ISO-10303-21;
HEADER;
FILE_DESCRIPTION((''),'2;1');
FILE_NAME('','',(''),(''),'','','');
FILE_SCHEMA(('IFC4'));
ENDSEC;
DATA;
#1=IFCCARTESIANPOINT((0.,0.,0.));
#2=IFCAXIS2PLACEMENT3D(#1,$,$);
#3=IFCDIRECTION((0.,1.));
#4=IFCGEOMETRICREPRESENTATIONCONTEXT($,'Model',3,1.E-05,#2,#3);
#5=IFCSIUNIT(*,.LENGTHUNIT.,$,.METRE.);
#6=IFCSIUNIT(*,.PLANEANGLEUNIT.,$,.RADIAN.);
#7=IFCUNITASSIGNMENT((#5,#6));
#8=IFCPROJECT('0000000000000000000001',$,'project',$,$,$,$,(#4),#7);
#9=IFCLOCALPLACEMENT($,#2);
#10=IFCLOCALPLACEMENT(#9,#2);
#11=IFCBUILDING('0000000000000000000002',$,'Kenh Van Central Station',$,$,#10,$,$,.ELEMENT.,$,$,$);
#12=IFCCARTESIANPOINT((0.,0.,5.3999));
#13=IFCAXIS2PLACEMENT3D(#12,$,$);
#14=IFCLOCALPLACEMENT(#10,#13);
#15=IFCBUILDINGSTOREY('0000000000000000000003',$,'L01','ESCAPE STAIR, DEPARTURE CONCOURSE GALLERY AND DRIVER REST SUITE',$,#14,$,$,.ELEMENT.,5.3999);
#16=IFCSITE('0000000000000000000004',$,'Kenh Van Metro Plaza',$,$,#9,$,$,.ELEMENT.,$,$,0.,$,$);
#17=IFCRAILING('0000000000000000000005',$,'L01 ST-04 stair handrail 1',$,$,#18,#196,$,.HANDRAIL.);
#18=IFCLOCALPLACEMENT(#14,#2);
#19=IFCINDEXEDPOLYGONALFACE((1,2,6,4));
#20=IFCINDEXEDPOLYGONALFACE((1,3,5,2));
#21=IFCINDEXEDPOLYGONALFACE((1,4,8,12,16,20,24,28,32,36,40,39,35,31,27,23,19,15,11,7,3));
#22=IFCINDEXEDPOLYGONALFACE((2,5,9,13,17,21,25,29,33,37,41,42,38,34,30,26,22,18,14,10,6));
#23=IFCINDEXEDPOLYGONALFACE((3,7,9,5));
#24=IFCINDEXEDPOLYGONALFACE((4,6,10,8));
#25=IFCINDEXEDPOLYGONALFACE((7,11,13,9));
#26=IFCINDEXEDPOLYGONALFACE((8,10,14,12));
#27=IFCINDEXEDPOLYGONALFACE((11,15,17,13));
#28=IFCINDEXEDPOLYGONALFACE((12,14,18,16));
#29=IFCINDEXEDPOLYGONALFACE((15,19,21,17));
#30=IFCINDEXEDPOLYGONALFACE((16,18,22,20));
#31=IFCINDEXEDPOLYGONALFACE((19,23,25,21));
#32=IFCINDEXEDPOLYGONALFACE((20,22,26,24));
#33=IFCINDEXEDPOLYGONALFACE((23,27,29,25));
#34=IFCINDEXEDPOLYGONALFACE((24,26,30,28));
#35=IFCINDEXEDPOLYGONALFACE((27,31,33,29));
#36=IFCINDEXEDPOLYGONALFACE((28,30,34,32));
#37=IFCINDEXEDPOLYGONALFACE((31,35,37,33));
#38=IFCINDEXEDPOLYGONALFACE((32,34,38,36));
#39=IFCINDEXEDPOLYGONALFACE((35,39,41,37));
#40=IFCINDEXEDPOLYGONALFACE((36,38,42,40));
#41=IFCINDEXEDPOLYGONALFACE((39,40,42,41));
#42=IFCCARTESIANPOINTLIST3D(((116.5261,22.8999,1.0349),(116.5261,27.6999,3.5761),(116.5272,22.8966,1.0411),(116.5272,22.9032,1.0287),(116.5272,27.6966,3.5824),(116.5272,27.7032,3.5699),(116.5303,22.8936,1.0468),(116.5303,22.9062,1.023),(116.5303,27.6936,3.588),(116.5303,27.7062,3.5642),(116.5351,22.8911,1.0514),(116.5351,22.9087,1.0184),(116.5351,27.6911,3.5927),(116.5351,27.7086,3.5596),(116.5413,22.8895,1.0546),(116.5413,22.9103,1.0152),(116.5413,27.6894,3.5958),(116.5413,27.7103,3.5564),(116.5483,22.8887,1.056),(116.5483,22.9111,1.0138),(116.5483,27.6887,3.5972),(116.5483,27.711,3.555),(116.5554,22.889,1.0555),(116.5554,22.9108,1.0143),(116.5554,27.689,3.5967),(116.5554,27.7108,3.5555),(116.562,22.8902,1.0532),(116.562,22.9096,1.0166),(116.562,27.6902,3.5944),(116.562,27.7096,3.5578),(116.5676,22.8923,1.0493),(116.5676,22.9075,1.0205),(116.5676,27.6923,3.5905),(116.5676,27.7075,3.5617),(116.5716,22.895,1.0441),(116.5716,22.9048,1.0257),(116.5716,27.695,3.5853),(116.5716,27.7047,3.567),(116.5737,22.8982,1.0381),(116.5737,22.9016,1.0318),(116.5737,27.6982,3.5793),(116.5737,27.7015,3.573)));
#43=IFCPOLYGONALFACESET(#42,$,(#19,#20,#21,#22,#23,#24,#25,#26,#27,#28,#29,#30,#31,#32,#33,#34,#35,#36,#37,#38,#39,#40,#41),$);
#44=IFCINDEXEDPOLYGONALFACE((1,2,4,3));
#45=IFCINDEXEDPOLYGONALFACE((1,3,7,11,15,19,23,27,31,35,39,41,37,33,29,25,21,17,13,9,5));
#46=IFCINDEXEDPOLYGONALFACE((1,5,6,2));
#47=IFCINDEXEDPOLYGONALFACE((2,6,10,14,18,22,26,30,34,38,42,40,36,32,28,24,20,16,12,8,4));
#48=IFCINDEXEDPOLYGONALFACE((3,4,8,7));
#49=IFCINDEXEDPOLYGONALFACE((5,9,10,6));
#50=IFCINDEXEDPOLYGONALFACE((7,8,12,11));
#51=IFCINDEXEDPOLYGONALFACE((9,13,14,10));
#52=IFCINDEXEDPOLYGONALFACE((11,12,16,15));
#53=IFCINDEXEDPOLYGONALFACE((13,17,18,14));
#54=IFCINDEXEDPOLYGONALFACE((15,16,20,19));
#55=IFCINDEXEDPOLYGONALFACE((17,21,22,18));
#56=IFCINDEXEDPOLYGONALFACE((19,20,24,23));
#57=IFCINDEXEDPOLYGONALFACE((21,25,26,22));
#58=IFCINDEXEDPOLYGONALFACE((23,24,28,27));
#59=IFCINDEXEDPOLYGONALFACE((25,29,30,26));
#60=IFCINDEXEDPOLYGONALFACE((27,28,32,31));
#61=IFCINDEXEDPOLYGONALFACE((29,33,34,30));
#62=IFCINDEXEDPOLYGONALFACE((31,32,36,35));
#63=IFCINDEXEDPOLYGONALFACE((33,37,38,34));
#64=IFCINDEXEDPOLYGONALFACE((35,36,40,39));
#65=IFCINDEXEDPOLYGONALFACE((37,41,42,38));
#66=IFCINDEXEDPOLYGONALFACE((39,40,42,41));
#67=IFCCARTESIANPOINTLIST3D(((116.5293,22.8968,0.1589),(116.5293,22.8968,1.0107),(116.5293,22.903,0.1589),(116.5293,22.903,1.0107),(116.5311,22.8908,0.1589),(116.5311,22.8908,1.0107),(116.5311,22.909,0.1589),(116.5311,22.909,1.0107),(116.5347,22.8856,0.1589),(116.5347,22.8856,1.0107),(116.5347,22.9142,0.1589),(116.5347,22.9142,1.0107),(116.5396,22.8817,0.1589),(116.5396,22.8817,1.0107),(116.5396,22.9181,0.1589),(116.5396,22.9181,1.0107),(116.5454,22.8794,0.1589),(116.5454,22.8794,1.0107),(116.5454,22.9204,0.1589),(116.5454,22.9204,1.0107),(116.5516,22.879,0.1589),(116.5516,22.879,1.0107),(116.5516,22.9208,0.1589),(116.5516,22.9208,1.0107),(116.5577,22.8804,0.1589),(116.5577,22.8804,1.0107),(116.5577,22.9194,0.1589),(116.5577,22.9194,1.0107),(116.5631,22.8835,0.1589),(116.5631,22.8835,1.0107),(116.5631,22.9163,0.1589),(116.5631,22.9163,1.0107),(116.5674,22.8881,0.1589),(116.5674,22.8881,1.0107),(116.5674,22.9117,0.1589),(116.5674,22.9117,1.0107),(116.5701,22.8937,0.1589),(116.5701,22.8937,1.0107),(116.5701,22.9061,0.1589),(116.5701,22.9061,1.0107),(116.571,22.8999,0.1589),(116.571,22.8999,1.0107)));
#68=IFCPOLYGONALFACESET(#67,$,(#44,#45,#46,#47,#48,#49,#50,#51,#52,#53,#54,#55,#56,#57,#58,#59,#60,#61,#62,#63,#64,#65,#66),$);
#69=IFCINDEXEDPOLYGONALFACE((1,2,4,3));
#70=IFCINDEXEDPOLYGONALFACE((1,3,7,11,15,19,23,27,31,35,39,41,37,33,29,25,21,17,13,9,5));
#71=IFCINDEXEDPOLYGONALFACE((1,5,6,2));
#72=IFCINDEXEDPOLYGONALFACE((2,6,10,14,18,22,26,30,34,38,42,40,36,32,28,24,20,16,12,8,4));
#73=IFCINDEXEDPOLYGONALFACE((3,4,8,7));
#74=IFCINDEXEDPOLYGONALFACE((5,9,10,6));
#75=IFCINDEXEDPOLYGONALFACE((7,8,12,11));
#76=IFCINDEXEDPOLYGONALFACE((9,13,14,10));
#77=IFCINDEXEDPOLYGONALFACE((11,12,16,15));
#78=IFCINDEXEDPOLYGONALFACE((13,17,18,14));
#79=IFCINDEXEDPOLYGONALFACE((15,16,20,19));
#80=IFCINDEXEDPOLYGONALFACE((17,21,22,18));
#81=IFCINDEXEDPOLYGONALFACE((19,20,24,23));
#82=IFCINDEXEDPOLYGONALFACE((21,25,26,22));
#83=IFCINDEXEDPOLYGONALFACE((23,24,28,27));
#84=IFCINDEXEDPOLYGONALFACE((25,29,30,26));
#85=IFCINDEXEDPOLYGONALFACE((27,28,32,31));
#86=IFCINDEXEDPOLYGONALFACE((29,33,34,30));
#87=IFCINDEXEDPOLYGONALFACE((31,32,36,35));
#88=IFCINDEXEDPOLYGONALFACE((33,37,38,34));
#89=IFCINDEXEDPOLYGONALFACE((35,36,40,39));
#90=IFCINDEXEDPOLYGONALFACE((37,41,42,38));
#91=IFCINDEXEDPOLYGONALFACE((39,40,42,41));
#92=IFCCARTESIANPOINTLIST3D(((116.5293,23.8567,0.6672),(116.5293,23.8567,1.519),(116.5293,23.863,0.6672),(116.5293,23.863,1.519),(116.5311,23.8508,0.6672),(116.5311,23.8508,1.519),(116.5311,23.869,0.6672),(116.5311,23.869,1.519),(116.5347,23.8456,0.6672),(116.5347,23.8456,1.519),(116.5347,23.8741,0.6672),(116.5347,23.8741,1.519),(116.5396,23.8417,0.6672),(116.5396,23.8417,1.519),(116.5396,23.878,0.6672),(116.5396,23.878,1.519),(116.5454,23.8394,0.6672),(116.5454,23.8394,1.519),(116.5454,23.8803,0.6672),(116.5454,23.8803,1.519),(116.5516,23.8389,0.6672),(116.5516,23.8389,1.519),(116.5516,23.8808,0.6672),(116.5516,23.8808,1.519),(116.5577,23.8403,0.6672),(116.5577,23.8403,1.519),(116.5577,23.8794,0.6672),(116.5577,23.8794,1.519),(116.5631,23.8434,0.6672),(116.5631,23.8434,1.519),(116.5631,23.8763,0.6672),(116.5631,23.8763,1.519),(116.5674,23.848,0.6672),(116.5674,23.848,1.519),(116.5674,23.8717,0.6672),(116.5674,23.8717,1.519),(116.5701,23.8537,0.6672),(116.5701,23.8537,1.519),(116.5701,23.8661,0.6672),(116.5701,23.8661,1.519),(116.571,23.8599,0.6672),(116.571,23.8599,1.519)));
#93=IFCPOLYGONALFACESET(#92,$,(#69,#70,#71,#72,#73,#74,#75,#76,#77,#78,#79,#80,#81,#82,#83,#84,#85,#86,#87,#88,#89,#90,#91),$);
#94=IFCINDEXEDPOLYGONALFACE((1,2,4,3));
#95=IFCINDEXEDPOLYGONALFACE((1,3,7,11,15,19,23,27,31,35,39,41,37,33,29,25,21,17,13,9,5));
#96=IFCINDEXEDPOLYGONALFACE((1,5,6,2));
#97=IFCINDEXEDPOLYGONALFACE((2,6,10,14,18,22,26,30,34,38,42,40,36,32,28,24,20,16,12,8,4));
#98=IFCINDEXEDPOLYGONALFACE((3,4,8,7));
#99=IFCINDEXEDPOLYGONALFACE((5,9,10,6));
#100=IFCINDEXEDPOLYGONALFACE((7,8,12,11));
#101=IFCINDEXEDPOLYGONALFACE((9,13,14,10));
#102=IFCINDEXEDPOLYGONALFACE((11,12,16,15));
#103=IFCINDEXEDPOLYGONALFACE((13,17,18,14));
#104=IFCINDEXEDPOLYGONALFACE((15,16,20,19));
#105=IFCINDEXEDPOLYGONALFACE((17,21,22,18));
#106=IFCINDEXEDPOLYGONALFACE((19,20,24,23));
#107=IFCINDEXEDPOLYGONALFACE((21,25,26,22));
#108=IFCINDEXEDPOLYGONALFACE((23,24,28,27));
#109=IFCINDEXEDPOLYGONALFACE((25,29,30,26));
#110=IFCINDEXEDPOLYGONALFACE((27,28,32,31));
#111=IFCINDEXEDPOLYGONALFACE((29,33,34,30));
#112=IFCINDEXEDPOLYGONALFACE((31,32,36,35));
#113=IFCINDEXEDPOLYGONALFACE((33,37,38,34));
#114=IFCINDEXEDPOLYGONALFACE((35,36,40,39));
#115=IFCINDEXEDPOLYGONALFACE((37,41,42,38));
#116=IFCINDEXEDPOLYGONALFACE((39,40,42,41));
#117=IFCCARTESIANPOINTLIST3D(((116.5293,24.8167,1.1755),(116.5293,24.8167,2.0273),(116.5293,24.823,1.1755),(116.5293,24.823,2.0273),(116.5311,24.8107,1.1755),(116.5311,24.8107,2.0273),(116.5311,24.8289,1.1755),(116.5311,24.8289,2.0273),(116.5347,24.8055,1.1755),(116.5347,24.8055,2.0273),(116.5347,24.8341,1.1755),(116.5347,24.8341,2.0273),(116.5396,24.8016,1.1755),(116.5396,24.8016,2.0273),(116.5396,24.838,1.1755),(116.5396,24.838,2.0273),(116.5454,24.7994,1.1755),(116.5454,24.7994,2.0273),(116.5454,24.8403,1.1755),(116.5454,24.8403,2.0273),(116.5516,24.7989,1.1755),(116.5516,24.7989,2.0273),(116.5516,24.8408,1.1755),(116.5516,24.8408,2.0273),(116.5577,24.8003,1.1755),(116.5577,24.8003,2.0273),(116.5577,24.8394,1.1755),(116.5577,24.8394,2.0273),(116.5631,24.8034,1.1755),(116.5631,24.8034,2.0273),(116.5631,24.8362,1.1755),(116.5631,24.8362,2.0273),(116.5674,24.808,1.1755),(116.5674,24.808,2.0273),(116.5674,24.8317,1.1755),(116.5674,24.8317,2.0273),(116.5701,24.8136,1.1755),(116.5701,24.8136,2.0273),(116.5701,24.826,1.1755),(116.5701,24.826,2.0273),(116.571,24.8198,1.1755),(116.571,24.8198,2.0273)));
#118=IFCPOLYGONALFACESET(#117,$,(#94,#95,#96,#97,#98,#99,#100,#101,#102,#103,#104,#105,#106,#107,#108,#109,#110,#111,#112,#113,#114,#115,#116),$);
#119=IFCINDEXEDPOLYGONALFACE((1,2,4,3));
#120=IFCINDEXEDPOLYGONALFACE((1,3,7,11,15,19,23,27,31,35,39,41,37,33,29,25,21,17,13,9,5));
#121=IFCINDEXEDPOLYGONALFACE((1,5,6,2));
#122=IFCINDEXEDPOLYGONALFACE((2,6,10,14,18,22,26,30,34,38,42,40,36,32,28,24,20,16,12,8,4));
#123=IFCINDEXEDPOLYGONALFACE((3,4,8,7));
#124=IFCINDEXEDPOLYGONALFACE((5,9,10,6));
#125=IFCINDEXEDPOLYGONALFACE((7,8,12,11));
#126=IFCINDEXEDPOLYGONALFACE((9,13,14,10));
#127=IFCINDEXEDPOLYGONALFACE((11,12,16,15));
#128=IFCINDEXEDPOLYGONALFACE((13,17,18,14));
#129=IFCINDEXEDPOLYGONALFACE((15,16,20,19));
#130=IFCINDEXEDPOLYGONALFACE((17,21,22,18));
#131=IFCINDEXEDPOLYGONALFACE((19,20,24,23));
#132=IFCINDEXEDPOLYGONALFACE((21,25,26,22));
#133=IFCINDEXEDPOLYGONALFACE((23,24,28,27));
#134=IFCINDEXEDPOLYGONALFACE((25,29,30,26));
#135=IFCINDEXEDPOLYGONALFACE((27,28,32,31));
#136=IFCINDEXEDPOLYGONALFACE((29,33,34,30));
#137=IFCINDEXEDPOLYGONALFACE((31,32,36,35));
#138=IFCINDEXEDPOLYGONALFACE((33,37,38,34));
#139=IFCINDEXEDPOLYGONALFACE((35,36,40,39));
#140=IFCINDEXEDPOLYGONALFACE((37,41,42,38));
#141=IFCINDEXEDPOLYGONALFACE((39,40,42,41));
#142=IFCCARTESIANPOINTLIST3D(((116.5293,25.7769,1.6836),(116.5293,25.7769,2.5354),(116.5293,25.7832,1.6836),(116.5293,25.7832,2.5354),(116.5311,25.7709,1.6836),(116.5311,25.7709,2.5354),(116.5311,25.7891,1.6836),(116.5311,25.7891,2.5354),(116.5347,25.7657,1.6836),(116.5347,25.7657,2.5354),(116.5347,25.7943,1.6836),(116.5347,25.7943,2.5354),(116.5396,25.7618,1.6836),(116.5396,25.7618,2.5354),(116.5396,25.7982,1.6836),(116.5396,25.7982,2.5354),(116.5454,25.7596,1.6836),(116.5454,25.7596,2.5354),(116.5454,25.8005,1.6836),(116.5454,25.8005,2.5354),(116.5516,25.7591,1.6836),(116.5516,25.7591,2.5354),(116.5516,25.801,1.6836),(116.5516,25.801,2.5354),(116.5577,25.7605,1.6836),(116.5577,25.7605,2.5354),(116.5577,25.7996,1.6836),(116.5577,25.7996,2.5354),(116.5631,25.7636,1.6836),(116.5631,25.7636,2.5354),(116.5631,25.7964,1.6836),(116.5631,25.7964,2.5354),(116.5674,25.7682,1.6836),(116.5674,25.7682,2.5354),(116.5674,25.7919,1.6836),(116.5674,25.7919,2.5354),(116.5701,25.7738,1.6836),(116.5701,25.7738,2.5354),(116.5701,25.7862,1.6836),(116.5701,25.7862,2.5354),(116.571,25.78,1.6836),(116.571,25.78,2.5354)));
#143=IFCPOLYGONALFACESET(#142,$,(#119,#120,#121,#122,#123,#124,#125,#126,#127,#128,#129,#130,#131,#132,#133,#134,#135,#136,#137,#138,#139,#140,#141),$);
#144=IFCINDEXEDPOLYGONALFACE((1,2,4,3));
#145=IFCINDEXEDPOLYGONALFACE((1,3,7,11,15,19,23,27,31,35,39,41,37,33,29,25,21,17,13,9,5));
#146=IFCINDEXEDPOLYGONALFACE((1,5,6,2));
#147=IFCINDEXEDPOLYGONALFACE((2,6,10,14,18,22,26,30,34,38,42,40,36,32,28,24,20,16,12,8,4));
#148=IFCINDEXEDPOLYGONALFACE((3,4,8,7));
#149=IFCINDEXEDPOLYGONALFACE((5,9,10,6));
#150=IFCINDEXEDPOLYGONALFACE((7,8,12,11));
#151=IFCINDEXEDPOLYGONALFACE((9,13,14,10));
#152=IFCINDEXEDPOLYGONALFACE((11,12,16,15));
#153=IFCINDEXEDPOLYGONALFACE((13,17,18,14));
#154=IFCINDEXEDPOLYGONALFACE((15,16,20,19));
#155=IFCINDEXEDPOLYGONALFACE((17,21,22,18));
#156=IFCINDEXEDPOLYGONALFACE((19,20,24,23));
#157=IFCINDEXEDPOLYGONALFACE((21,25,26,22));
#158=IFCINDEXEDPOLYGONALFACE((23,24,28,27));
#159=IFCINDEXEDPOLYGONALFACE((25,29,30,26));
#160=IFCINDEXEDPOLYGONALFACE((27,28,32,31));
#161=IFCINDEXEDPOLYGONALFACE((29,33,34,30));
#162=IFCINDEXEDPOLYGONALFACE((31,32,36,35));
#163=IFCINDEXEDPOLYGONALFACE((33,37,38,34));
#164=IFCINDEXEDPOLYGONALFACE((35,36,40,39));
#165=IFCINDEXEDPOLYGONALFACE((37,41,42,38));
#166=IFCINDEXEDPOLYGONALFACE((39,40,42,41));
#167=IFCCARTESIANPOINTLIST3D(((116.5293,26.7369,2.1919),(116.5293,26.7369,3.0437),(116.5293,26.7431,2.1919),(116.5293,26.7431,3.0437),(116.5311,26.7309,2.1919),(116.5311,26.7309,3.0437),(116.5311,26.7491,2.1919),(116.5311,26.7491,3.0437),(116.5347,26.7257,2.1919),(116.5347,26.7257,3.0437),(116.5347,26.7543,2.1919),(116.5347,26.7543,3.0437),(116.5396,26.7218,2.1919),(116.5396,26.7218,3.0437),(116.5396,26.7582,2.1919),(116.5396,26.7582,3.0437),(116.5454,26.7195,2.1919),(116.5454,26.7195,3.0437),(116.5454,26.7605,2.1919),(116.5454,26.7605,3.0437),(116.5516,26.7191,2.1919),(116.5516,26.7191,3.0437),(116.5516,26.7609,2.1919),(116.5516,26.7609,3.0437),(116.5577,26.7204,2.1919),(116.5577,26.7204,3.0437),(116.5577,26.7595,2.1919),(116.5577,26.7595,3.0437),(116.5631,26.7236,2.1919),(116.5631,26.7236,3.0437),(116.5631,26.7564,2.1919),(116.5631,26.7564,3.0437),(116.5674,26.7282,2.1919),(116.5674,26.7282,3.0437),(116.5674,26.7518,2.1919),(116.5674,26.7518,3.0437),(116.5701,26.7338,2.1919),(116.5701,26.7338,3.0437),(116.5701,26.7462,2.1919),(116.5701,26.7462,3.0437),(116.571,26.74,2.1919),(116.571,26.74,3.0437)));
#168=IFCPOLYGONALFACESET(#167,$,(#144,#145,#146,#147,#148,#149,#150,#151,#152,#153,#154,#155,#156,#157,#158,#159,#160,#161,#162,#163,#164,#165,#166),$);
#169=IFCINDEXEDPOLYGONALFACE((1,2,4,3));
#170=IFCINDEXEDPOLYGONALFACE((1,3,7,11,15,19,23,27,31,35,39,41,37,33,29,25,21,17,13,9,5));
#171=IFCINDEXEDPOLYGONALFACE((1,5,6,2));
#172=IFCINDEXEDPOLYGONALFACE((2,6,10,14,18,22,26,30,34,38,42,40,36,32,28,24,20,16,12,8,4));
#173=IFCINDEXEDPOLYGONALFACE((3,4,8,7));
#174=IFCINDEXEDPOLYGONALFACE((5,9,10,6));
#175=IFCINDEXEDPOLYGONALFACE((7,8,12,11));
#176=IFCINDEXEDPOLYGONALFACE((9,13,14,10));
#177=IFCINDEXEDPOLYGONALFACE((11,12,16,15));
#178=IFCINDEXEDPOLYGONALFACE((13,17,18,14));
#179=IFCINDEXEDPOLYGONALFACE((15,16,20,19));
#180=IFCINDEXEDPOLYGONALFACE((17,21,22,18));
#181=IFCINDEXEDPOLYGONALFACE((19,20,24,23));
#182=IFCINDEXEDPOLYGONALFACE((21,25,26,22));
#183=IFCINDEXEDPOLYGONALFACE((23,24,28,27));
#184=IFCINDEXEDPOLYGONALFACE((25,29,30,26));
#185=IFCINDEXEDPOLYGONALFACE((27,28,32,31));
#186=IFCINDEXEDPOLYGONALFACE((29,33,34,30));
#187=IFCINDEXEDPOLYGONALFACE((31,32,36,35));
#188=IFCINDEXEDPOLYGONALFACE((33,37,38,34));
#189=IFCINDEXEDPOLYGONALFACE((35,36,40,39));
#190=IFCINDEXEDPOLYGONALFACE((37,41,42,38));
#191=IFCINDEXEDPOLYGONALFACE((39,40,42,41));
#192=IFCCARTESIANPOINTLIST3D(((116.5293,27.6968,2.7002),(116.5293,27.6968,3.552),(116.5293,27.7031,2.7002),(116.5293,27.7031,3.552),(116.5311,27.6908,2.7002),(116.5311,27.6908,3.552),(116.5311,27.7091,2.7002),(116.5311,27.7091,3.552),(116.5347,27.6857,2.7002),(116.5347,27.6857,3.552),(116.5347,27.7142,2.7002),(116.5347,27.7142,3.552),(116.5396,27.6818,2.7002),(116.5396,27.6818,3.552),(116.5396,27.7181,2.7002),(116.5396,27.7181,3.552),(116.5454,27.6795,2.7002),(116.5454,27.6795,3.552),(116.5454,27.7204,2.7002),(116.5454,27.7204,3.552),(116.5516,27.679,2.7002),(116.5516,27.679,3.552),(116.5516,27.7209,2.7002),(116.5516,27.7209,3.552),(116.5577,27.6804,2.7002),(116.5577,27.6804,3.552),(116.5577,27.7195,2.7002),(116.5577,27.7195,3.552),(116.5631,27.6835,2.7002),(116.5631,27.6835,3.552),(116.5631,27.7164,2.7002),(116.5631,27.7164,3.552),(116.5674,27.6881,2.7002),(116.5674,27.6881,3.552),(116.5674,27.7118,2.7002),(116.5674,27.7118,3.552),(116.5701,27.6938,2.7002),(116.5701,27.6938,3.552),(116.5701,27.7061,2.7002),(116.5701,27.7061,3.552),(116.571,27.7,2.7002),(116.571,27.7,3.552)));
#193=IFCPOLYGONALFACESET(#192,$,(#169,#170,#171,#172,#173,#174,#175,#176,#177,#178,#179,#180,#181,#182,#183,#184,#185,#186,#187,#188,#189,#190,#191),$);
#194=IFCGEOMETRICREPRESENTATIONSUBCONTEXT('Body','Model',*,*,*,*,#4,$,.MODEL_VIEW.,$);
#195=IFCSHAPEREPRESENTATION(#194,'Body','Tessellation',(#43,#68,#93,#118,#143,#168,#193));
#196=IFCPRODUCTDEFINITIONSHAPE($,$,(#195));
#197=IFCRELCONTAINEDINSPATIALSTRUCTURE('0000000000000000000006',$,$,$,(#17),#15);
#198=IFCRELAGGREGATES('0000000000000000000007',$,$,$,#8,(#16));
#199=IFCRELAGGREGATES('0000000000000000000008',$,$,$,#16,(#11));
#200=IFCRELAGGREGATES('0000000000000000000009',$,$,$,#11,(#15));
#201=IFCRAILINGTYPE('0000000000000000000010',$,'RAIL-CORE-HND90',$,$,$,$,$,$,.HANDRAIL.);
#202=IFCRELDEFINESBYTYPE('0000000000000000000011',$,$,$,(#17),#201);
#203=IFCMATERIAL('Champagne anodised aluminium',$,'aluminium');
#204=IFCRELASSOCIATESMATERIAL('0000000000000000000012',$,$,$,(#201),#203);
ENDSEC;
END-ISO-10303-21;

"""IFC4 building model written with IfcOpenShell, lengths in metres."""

from ifc_helpers import new_model, si_unit, direction, frame, origin, origin_2d, place, context, subcontext, project, spatial, circle, extrude, material, type_object, element, save


model = new_model("IFC4")

# Units and contexts
model_context = context("Model", 3, precision=1e-05, world=origin(), true_north=direction((0.0, 1.0)))
body_context = subcontext(model_context, "Body", "Model", "MODEL_VIEW")
ifc_project = project(units=[si_unit("LENGTHUNIT", "METRE"), si_unit("PLANEANGLEUNIT", "RADIAN")], contexts=[model_context])

# Site, building, storey
site_placement = place(None, origin())
site = spatial("IfcSite", under=ifc_project, at=site_placement, Name="Kenh Van Metro Plaza", CompositionType="ELEMENT", RefElevation=0.0)
building_placement = place(site_placement, origin())
building = spatial("IfcBuilding", under=site, at=building_placement, Name="Kenh Van Central Station", CompositionType="ELEMENT")
storey_placement = place(building_placement, frame((0.0, 0.0, 5.3999)))
storey = spatial("IfcBuildingStorey", under=building, at=storey_placement, Name="L01", Description="ESCAPE STAIR, DEPARTURE CONCOURSE GALLERY AND DRIVER REST SUITE", CompositionType="ELEMENT", Elevation=5.3999)

# Shared definitions
ifc_material_1 = material(Name="Champagne anodised aluminium", Category="aluminium")

# Railing
railing_type_1 = type_object("IfcRailingType", Name="RAIL-CORE-HND90", PredefinedType="HANDRAIL", material=ifc_material_1)
railing_1_placement = place(storey_placement, frame((116.55, 22.8999, 0.1589)))
element("IfcRailing", 1, at=railing_1_placement, inside=storey, type_object=railing_type_1, Name="L01 ST-04 stair handrail 1", PredefinedType="HANDRAIL", context=body_context, shape_type="SweptSolid", body=[
    extrude(circle(Radius=0.0239, at=origin_2d()), frame((0.0, 0.0, 0.876), z_axis=(0.0, 0.883784, 0.467896), x_axis=(-1.0, 0.0, 0.0)), (0.0, 0.0, 1.0), 5.4312),
    extrude(circle(Radius=0.021, at=origin_2d()), origin(), (0.0, 0.0, 1.0), 0.8518),
    extrude(circle(Radius=0.021, at=origin_2d()), frame((0.0, 0.96, 0.5083)), (0.0, 0.0, 1.0), 0.8518),
    extrude(circle(Radius=0.021, at=origin_2d()), frame((0.0, 1.9199, 1.0166)), (0.0, 0.0, 1.0), 0.8518),
    extrude(circle(Radius=0.021, at=origin_2d()), frame((0.0, 2.8801, 1.5247)), (0.0, 0.0, 1.0), 0.8518),
    extrude(circle(Radius=0.021, at=origin_2d()), frame((0.0, 3.8401, 2.033)), (0.0, 0.0, 1.0), 0.8518),
    extrude(circle(Radius=0.021, at=origin_2d()), frame((0.0, 4.8, 2.5413)), (0.0, 0.0, 1.0), 0.8518),
])

save(model, "model.ifc")
